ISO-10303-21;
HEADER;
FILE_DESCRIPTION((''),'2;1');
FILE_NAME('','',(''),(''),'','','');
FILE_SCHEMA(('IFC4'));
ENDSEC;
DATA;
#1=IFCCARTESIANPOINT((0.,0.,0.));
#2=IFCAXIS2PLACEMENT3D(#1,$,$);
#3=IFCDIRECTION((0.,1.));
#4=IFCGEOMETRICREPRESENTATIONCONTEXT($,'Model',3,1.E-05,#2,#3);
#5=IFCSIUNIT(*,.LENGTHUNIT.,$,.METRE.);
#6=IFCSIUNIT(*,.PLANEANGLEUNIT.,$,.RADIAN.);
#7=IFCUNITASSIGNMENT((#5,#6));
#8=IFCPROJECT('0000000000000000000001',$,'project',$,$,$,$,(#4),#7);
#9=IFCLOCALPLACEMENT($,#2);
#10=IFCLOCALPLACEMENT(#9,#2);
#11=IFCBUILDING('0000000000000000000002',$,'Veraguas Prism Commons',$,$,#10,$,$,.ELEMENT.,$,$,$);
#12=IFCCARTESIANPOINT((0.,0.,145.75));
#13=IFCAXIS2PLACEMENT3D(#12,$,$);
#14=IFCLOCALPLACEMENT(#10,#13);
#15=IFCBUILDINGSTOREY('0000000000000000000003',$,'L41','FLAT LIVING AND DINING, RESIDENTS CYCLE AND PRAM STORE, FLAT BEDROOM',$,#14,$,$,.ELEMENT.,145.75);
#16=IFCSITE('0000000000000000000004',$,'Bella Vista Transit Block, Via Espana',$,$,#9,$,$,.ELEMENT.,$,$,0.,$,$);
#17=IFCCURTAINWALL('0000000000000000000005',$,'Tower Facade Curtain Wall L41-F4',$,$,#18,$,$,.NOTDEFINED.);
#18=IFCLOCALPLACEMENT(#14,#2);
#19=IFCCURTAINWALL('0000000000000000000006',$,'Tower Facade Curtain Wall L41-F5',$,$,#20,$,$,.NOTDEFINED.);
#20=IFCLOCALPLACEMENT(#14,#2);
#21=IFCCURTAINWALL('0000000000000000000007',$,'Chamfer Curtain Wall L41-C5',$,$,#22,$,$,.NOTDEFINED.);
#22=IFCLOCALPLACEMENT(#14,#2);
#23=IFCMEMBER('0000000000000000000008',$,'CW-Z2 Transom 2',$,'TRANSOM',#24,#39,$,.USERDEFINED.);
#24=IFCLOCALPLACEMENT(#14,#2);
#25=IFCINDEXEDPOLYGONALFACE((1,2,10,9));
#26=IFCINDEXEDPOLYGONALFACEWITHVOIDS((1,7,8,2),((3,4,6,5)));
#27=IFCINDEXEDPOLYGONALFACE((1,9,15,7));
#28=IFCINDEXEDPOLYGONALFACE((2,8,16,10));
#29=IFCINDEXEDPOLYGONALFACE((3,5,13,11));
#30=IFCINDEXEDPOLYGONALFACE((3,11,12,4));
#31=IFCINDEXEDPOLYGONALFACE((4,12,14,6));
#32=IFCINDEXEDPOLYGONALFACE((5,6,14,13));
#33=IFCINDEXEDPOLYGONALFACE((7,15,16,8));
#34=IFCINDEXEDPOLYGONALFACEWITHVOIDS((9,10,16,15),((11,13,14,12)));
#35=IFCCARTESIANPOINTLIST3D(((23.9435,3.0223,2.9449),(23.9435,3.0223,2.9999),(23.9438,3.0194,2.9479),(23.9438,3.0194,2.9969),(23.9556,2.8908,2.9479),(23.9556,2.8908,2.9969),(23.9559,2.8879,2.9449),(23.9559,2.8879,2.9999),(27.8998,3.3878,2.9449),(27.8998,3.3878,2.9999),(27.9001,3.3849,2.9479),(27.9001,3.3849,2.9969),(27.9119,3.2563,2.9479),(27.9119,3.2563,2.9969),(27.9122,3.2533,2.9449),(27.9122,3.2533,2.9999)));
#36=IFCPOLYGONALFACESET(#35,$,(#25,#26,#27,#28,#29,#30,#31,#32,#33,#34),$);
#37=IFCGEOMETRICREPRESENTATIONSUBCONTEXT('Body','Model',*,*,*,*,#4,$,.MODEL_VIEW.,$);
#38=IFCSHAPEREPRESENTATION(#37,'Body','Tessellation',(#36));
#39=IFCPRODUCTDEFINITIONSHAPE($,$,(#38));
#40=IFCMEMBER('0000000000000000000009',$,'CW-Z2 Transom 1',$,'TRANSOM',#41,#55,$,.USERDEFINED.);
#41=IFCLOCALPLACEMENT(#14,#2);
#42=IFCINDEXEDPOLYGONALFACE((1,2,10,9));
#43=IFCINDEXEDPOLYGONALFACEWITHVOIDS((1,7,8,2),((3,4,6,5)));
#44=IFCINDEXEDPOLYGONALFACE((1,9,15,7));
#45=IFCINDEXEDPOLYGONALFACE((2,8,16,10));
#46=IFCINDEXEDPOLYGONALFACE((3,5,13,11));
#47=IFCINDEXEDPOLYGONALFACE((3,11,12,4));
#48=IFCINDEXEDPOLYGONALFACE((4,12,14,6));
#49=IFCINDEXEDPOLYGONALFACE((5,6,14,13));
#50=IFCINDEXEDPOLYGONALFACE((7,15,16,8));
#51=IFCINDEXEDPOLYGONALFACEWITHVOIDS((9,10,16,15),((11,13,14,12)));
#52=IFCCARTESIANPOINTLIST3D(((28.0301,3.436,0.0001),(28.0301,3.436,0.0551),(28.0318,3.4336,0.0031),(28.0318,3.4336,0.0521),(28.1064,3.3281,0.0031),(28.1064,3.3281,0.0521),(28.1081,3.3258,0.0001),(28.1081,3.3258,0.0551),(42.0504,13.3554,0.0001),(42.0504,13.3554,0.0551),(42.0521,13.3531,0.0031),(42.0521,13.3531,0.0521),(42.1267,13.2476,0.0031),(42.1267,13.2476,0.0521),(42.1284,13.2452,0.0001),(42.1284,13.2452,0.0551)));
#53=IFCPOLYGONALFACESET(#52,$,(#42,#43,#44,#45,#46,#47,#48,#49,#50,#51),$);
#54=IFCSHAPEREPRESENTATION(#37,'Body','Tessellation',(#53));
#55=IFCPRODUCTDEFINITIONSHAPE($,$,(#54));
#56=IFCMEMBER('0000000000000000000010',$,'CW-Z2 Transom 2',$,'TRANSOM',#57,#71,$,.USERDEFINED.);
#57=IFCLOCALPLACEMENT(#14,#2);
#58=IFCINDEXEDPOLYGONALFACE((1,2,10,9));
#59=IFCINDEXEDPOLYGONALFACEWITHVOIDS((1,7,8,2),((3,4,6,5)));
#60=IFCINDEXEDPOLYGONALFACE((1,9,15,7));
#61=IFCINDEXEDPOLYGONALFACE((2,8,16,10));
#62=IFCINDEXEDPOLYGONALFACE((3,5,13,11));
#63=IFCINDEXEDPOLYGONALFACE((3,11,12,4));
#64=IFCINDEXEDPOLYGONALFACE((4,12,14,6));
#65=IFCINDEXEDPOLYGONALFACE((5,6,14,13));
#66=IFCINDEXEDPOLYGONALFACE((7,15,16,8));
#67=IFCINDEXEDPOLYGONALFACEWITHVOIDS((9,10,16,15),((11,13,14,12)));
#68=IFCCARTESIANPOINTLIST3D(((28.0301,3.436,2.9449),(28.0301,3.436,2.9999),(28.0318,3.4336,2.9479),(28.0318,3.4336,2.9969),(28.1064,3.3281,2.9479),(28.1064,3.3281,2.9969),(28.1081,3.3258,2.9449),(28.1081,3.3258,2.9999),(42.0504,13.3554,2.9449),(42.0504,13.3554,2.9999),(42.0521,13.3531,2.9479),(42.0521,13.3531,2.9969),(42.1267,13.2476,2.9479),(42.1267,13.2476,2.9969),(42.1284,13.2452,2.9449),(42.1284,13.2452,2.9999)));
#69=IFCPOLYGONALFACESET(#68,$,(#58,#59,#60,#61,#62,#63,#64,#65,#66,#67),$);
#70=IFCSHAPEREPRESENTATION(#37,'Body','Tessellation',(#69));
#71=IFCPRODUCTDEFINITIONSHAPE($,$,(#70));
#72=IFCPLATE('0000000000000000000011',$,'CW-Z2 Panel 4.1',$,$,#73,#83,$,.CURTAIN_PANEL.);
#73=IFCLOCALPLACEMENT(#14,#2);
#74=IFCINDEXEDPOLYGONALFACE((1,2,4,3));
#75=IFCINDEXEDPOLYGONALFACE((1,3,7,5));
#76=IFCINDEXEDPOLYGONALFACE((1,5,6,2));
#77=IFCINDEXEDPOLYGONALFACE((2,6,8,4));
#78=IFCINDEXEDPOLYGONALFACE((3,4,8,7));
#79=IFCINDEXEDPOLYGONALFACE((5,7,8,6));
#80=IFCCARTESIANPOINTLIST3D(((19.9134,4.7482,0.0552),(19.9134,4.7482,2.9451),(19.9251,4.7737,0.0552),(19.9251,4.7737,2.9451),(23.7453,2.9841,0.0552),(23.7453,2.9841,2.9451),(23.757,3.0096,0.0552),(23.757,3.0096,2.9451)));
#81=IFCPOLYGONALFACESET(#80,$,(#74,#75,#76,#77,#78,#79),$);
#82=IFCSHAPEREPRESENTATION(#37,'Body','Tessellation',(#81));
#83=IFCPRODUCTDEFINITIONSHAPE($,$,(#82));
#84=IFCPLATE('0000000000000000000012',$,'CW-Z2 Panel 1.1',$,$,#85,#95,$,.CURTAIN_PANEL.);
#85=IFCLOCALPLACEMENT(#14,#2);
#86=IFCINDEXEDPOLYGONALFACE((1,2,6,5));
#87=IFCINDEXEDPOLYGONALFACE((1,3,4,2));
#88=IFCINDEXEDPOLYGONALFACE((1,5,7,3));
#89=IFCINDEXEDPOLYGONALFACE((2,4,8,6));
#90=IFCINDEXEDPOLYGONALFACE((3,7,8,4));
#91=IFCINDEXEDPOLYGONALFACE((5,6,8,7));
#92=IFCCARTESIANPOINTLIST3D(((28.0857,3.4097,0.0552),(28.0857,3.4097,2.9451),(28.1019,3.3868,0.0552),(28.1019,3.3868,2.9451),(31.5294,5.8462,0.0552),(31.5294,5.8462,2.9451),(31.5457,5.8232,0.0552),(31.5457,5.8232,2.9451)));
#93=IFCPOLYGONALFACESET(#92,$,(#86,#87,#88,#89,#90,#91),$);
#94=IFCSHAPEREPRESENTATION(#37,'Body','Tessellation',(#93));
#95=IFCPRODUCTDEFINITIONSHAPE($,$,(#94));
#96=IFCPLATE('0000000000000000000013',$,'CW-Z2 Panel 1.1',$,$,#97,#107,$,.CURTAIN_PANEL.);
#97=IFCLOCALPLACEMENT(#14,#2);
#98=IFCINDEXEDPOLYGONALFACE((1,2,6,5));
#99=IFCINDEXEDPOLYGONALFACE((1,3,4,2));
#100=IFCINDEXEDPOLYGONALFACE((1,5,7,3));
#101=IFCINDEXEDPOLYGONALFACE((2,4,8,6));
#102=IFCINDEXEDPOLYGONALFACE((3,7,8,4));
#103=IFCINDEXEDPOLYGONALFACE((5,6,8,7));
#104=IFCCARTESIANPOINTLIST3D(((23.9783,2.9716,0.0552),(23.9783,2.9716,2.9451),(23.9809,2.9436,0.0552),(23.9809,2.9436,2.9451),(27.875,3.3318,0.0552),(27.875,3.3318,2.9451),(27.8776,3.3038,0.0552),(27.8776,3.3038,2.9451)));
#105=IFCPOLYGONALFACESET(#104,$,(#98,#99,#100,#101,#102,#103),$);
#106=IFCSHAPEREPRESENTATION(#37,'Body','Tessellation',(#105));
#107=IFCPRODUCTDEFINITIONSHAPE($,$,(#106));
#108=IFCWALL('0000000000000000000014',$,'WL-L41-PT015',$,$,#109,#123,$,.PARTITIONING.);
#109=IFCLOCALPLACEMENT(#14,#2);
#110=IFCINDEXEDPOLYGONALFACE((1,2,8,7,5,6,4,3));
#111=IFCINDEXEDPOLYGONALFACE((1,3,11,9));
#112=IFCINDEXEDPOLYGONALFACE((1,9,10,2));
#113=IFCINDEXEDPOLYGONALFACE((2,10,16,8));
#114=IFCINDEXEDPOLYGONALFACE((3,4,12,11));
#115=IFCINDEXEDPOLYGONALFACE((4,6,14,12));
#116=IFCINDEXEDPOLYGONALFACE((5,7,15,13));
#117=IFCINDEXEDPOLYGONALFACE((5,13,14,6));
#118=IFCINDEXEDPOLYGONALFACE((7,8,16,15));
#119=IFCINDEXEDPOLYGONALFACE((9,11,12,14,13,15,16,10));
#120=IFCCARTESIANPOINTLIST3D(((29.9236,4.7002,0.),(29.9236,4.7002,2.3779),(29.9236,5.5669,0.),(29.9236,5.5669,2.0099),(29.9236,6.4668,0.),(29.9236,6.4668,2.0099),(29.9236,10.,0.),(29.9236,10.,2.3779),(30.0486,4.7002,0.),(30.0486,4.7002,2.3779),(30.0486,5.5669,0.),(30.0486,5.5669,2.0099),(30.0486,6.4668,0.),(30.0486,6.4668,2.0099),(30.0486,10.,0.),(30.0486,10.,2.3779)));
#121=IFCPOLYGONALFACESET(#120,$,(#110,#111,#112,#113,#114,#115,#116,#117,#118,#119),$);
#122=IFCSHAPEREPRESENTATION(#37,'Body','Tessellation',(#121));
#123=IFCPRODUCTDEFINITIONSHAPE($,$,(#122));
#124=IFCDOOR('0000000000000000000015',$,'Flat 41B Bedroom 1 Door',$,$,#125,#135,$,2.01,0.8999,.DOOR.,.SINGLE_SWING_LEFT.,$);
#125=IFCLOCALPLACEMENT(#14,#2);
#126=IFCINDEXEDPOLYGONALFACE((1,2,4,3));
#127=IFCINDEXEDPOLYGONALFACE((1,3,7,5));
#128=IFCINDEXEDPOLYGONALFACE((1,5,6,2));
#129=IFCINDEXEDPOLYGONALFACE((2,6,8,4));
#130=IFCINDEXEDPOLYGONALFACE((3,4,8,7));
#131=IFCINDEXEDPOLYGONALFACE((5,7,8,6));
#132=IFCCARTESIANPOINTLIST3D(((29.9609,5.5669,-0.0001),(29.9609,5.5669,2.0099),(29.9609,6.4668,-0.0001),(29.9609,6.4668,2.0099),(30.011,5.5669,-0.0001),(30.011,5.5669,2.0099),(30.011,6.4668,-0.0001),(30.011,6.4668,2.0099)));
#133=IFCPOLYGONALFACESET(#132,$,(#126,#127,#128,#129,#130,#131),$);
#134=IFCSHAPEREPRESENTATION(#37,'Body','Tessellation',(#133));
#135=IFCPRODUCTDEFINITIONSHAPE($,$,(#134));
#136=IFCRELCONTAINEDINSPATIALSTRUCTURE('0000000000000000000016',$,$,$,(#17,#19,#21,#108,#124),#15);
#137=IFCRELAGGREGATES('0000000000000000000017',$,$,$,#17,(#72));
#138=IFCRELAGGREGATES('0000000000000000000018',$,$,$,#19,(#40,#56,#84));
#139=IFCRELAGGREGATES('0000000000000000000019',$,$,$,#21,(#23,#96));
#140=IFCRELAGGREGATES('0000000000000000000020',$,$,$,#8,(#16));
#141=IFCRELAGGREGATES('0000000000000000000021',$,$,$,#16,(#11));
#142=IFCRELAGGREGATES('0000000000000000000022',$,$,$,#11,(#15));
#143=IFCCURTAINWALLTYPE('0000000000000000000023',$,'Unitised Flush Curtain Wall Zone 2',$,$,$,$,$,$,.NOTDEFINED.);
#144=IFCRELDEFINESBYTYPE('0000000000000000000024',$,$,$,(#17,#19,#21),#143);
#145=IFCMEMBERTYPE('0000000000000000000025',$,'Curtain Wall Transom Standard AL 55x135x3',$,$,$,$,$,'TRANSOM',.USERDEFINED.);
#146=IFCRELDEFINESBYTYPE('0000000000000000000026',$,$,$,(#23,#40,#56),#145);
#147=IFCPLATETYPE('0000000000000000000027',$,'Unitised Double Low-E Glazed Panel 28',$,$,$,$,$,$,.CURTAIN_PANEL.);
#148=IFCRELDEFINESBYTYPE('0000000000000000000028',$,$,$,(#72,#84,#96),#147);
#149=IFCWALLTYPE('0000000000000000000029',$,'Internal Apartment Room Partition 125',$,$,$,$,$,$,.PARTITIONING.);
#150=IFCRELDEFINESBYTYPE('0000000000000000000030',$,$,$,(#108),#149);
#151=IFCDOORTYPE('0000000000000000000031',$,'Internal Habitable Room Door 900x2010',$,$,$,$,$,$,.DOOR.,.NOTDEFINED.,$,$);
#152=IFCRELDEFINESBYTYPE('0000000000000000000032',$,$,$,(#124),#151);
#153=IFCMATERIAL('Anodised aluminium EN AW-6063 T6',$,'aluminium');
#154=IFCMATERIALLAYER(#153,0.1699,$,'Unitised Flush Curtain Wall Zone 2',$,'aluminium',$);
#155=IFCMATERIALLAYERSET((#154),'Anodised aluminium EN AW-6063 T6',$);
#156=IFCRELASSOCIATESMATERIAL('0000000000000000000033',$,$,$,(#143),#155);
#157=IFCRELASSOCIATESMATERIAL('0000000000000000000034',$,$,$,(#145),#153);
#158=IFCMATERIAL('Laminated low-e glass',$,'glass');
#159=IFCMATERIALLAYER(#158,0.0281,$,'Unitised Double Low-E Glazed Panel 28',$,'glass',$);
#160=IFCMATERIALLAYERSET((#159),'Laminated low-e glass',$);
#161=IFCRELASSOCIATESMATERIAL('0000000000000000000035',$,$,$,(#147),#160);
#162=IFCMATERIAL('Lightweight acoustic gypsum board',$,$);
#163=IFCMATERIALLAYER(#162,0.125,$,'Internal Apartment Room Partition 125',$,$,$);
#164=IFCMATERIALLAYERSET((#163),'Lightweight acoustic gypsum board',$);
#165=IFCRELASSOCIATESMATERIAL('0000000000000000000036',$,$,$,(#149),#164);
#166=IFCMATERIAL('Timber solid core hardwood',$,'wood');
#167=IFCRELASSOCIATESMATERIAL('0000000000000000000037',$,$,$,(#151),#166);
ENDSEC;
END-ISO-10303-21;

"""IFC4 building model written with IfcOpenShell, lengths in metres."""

from ifc_helpers import new_model, si_unit, direction, frame, frame_2d, origin, origin_2d, place, context, subcontext, project, spatial, rectangle, hollow_rectangle, extrude, source, transform, mapped, material, layer, layer_set, material_profile, profile_set, type_object, element, fill, aggregate, save


model = new_model("IFC4")

# Units and contexts
model_context = context("Model", 3, precision=1e-05, world=origin(), true_north=direction((0.0, 1.0)))
body_context = subcontext(model_context, "Body", "Model", "MODEL_VIEW")
ifc_project = project(units=[si_unit("LENGTHUNIT", "METRE"), si_unit("PLANEANGLEUNIT", "RADIAN")], contexts=[model_context])

# Site, building, storey
site_placement = place(None, origin())
site = spatial("IfcSite", under=ifc_project, at=site_placement, Name="Bella Vista Transit Block, Via Espana", CompositionType="ELEMENT", RefElevation=0.0)
building_placement = place(site_placement, origin())
building = spatial("IfcBuilding", under=site, at=building_placement, Name="Veraguas Prism Commons", CompositionType="ELEMENT")
storey_placement = place(building_placement, frame((0.0, 0.0, 145.75)))
storey = spatial("IfcBuildingStorey", under=building, at=storey_placement, Name="L41", Description="FLAT LIVING AND DINING, RESIDENTS CYCLE AND PRAM STORE, FLAT BEDROOM", CompositionType="ELEMENT", Elevation=145.75)

# Curtain walls
ifc_material_1 = material(Name="Anodised aluminium EN AW-6063 T6", Category="aluminium")
ifc_layer_1 = layer(ifc_material_1, 0.1699, Name="Unitised Flush Curtain Wall Zone 2", Category="aluminium")
ifc_layer_set_1 = layer_set([ifc_layer_1], Name="Anodised aluminium EN AW-6063 T6")
curtain_wall_type = type_object("IfcCurtainWallType", Name="Unitised Flush Curtain Wall Zone 2", PredefinedType="NOTDEFINED", material=ifc_layer_set_1)
curtain_wall_1_placement = place(storey_placement, origin())
curtain_wall_1 = element("IfcCurtainWall", 1, at=curtain_wall_1_placement, inside=storey, type_object=curtain_wall_type, Name="Tower Facade Curtain Wall L41-F4", PredefinedType="NOTDEFINED")
curtain_wall_2_placement = place(storey_placement, origin())
curtain_wall_2 = element("IfcCurtainWall", 2, at=curtain_wall_2_placement, inside=storey, type_object=curtain_wall_type, Name="Tower Facade Curtain Wall L41-F5", PredefinedType="NOTDEFINED")

# Curtain wall, member
curtain_wall_3_placement = place(storey_placement, origin())
curtain_wall_3 = element("IfcCurtainWall", 3, at=curtain_wall_3_placement, inside=storey, type_object=curtain_wall_type, Name="Chamfer Curtain Wall L41-C5", PredefinedType="NOTDEFINED")
ifc_material_profile_1 = material_profile(ifc_material_1, hollow_rectangle(XDim=0.0549, YDim=0.135, WallThickness=0.0029, at=origin_2d()), Name="AL55X135X3")
ifc_profile_set_1 = profile_set([ifc_material_profile_1], Name="Anodised aluminium EN AW-6063 T6")
member_type_1 = type_object("IfcMemberType", Name="Curtain Wall Transom Standard AL 55x135x3", ElementType="TRANSOM", PredefinedType="USERDEFINED", material=ifc_profile_set_1)
shared_shape_1 = source(origin(), body_context, "Body", "SweptSolid", [
    extrude(hollow_rectangle(XDim=0.0549, YDim=0.135, WallThickness=0.0029, at=origin_2d()), origin(), (0.0, 0.0, 1.0), 3.9731),
])
member_1_placement = place(storey_placement, frame((23.9497, 2.9551, 2.9724), z_axis=(0.99576, 0.091987, 0.0), x_axis=(0.0, 0.0, 1.0)))
member_1 = element("IfcMember", 4, at=member_1_placement, type_object=member_type_1, Name="CW-Z2 Transom 2", ObjectType="TRANSOM", PredefinedType="USERDEFINED", context=body_context, shape_type="MappedRepresentation", body=[
    mapped(shared_shape_1, transform((0.0, 0.0, 0.0), scale=1.0)),
])

# Members
shared_shape_2 = source(origin(), body_context, "Body", "SweptSolid", [
    extrude(hollow_rectangle(XDim=0.0549, YDim=0.135, WallThickness=0.0029, at=origin_2d()), origin(), (0.0, 0.0, 1.0), 17.1746),
])
member_2_placement = place(storey_placement, frame((28.0691, 3.3809, 0.0276), z_axis=(0.816343, 0.577568, 0.0), x_axis=(0.0, 0.0, 1.0)))
member_2 = element("IfcMember", 5, at=member_2_placement, type_object=member_type_1, Name="CW-Z2 Transom 1", ObjectType="TRANSOM", PredefinedType="USERDEFINED", context=body_context, shape_type="MappedRepresentation", body=[
    mapped(shared_shape_2, transform((0.0, 0.0, 0.0), scale=1.0)),
])
member_3_placement = place(storey_placement, frame((28.0691, 3.3809, 2.9724), z_axis=(0.816343, 0.577568, 0.0), x_axis=(0.0, 0.0, 1.0)))
member_3 = element("IfcMember", 6, at=member_3_placement, type_object=member_type_1, Name="CW-Z2 Transom 2", ObjectType="TRANSOM", PredefinedType="USERDEFINED", context=body_context, shape_type="MappedRepresentation", body=[
    mapped(shared_shape_2, transform((0.0, 0.0, 0.0), scale=1.0)),
])

# Plates
ifc_material_2 = material(Name="Laminated low-e glass", Category="glass")
ifc_layer_2 = layer(ifc_material_2, 0.0281, Name="Unitised Double Low-E Glazed Panel 28", Category="glass")
ifc_layer_set_2 = layer_set([ifc_layer_2], Name="Laminated low-e glass")
plate_type = type_object("IfcPlateType", Name="Unitised Double Low-E Glazed Panel 28", PredefinedType="CURTAIN_PANEL", material=ifc_layer_set_2)
shared_shape_3 = source(origin(), body_context, "Body", "SweptSolid", [
    extrude(rectangle(XDim=4.2185, YDim=0.0281, at=origin_2d()), origin(), (0.0, 0.0, 1.0), 2.8899),
])
plate_1_placement = place(storey_placement, frame((21.8352, 3.8789, 0.0552), z_axis=(0.0, 0.0, 1.0), x_axis=(0.908363, -0.418183, 0.0)))
plate_1 = element("IfcPlate", 7, at=plate_1_placement, type_object=plate_type, Name="CW-Z2 Panel 4.1", PredefinedType="CURTAIN_PANEL", context=body_context, shape_type="MappedRepresentation", body=[
    mapped(shared_shape_3, transform((0.0, 0.0, 0.0), scale=1.0)),
])
aggregate(curtain_wall_1, [plate_1])
plate_2_placement = place(storey_placement, frame((29.8157, 4.6165, 0.0552), z_axis=(0.0, 0.0, 1.0), x_axis=(0.816342, 0.577568, 0.0)))
plate_2 = element("IfcPlate", 8, at=plate_2_placement, type_object=plate_type, Name="CW-Z2 Panel 1.1", PredefinedType="CURTAIN_PANEL", context=body_context, shape_type="MappedRepresentation", body=[
    mapped(shared_shape_3, transform((0.0, 0.0, 0.0), scale=1.0)),
])
aggregate(curtain_wall_2, [member_2, member_3, plate_2])
shared_shape_4 = source(origin(), body_context, "Body", "SweptSolid", [
    extrude(rectangle(XDim=3.9133, YDim=0.0281, at=origin_2d()), origin(), (0.0, 0.0, 1.0), 2.8899),
])
plate_3_placement = place(storey_placement, frame((25.928, 3.1377, 0.0552), z_axis=(0.0, 0.0, 1.0), x_axis=(0.995756, 0.092035, 0.0)))
plate_3 = element("IfcPlate", 9, at=plate_3_placement, type_object=plate_type, Name="CW-Z2 Panel 1.1", PredefinedType="CURTAIN_PANEL", context=body_context, shape_type="MappedRepresentation", body=[
    mapped(shared_shape_4, transform((0.0, 0.0, 0.0), scale=1.0)),
])
aggregate(curtain_wall_3, [member_1, plate_3])

# Wall, opening, door
ifc_material_3 = material(Name="Lightweight acoustic gypsum board")
ifc_layer_3 = layer(ifc_material_3, 0.125, Name="Internal Apartment Room Partition 125")
ifc_layer_set_3 = layer_set([ifc_layer_3], Name="Lightweight acoustic gypsum board")
wall_type = type_object("IfcWallType", Name="Internal Apartment Room Partition 125", PredefinedType="PARTITIONING", material=ifc_layer_set_3)
wall_placement = place(storey_placement, frame((29.9861, 10.0, 0.0), z_axis=(0.0, 0.0, 1.0), x_axis=(0.0, -1.0, 0.0)))
wall = element("IfcWall", 10, at=wall_placement, inside=storey, type_object=wall_type, Name="WL-L41-PT015", PredefinedType="PARTITIONING", context=body_context, shape_type="SweptSolid", body=[
    extrude(rectangle(XDim=5.2998, YDim=0.125, at=frame_2d((2.6499, 0.0))), origin(), (0.0, 0.0, 1.0), 2.3779),
])
opening_placement = place(wall_placement, frame((3.5332, 0.0, 0.0)))
opening = element("IfcOpeningElement", 11, at=opening_placement, cuts=wall, PredefinedType="OPENING", context=body_context, shape_type="SweptSolid", body=[
    extrude(rectangle(XDim=0.8999, YDim=2.01, at=frame_2d((0.45, 1.0049))), frame((0.0, 0.0725, 0.0), z_axis=(0.0, -1.0, 0.0), x_axis=(1.0, 0.0, 0.0)), (0.0, 0.0, 1.0), 0.145),
])
ifc_material_4 = material(Name="Timber solid core hardwood", Category="wood")
door_type = type_object("IfcDoorType", Name="Internal Habitable Room Door 900x2010", OperationType="NOTDEFINED", PredefinedType="DOOR", material=ifc_material_4)
shared_shape_5 = source(origin(), body_context, "Body", "SweptSolid", [
    extrude(rectangle(XDim=0.8999, YDim=2.01, at=frame_2d((0.45, 1.0049))), frame((0.0, 0.0249, 0.0), z_axis=(0.0, -1.0, 0.0), x_axis=(1.0, 0.0, 0.0)), (0.0, 0.0, 1.0), 0.05),
])
door_placement = place(opening_placement, origin())
door = element("IfcDoor", 12, at=door_placement, inside=storey, type_object=door_type, Name="Flat 41B Bedroom 1 Door", OperationType="SINGLE_SWING_LEFT", OverallHeight=2.01, OverallWidth=0.8999, PredefinedType="DOOR", context=body_context, shape_type="MappedRepresentation", body=[
    mapped(shared_shape_5, transform((0.0, 0.0, 0.0), scale=1.0)),
])
fill(opening, door)

save(model, "model.ifc")
